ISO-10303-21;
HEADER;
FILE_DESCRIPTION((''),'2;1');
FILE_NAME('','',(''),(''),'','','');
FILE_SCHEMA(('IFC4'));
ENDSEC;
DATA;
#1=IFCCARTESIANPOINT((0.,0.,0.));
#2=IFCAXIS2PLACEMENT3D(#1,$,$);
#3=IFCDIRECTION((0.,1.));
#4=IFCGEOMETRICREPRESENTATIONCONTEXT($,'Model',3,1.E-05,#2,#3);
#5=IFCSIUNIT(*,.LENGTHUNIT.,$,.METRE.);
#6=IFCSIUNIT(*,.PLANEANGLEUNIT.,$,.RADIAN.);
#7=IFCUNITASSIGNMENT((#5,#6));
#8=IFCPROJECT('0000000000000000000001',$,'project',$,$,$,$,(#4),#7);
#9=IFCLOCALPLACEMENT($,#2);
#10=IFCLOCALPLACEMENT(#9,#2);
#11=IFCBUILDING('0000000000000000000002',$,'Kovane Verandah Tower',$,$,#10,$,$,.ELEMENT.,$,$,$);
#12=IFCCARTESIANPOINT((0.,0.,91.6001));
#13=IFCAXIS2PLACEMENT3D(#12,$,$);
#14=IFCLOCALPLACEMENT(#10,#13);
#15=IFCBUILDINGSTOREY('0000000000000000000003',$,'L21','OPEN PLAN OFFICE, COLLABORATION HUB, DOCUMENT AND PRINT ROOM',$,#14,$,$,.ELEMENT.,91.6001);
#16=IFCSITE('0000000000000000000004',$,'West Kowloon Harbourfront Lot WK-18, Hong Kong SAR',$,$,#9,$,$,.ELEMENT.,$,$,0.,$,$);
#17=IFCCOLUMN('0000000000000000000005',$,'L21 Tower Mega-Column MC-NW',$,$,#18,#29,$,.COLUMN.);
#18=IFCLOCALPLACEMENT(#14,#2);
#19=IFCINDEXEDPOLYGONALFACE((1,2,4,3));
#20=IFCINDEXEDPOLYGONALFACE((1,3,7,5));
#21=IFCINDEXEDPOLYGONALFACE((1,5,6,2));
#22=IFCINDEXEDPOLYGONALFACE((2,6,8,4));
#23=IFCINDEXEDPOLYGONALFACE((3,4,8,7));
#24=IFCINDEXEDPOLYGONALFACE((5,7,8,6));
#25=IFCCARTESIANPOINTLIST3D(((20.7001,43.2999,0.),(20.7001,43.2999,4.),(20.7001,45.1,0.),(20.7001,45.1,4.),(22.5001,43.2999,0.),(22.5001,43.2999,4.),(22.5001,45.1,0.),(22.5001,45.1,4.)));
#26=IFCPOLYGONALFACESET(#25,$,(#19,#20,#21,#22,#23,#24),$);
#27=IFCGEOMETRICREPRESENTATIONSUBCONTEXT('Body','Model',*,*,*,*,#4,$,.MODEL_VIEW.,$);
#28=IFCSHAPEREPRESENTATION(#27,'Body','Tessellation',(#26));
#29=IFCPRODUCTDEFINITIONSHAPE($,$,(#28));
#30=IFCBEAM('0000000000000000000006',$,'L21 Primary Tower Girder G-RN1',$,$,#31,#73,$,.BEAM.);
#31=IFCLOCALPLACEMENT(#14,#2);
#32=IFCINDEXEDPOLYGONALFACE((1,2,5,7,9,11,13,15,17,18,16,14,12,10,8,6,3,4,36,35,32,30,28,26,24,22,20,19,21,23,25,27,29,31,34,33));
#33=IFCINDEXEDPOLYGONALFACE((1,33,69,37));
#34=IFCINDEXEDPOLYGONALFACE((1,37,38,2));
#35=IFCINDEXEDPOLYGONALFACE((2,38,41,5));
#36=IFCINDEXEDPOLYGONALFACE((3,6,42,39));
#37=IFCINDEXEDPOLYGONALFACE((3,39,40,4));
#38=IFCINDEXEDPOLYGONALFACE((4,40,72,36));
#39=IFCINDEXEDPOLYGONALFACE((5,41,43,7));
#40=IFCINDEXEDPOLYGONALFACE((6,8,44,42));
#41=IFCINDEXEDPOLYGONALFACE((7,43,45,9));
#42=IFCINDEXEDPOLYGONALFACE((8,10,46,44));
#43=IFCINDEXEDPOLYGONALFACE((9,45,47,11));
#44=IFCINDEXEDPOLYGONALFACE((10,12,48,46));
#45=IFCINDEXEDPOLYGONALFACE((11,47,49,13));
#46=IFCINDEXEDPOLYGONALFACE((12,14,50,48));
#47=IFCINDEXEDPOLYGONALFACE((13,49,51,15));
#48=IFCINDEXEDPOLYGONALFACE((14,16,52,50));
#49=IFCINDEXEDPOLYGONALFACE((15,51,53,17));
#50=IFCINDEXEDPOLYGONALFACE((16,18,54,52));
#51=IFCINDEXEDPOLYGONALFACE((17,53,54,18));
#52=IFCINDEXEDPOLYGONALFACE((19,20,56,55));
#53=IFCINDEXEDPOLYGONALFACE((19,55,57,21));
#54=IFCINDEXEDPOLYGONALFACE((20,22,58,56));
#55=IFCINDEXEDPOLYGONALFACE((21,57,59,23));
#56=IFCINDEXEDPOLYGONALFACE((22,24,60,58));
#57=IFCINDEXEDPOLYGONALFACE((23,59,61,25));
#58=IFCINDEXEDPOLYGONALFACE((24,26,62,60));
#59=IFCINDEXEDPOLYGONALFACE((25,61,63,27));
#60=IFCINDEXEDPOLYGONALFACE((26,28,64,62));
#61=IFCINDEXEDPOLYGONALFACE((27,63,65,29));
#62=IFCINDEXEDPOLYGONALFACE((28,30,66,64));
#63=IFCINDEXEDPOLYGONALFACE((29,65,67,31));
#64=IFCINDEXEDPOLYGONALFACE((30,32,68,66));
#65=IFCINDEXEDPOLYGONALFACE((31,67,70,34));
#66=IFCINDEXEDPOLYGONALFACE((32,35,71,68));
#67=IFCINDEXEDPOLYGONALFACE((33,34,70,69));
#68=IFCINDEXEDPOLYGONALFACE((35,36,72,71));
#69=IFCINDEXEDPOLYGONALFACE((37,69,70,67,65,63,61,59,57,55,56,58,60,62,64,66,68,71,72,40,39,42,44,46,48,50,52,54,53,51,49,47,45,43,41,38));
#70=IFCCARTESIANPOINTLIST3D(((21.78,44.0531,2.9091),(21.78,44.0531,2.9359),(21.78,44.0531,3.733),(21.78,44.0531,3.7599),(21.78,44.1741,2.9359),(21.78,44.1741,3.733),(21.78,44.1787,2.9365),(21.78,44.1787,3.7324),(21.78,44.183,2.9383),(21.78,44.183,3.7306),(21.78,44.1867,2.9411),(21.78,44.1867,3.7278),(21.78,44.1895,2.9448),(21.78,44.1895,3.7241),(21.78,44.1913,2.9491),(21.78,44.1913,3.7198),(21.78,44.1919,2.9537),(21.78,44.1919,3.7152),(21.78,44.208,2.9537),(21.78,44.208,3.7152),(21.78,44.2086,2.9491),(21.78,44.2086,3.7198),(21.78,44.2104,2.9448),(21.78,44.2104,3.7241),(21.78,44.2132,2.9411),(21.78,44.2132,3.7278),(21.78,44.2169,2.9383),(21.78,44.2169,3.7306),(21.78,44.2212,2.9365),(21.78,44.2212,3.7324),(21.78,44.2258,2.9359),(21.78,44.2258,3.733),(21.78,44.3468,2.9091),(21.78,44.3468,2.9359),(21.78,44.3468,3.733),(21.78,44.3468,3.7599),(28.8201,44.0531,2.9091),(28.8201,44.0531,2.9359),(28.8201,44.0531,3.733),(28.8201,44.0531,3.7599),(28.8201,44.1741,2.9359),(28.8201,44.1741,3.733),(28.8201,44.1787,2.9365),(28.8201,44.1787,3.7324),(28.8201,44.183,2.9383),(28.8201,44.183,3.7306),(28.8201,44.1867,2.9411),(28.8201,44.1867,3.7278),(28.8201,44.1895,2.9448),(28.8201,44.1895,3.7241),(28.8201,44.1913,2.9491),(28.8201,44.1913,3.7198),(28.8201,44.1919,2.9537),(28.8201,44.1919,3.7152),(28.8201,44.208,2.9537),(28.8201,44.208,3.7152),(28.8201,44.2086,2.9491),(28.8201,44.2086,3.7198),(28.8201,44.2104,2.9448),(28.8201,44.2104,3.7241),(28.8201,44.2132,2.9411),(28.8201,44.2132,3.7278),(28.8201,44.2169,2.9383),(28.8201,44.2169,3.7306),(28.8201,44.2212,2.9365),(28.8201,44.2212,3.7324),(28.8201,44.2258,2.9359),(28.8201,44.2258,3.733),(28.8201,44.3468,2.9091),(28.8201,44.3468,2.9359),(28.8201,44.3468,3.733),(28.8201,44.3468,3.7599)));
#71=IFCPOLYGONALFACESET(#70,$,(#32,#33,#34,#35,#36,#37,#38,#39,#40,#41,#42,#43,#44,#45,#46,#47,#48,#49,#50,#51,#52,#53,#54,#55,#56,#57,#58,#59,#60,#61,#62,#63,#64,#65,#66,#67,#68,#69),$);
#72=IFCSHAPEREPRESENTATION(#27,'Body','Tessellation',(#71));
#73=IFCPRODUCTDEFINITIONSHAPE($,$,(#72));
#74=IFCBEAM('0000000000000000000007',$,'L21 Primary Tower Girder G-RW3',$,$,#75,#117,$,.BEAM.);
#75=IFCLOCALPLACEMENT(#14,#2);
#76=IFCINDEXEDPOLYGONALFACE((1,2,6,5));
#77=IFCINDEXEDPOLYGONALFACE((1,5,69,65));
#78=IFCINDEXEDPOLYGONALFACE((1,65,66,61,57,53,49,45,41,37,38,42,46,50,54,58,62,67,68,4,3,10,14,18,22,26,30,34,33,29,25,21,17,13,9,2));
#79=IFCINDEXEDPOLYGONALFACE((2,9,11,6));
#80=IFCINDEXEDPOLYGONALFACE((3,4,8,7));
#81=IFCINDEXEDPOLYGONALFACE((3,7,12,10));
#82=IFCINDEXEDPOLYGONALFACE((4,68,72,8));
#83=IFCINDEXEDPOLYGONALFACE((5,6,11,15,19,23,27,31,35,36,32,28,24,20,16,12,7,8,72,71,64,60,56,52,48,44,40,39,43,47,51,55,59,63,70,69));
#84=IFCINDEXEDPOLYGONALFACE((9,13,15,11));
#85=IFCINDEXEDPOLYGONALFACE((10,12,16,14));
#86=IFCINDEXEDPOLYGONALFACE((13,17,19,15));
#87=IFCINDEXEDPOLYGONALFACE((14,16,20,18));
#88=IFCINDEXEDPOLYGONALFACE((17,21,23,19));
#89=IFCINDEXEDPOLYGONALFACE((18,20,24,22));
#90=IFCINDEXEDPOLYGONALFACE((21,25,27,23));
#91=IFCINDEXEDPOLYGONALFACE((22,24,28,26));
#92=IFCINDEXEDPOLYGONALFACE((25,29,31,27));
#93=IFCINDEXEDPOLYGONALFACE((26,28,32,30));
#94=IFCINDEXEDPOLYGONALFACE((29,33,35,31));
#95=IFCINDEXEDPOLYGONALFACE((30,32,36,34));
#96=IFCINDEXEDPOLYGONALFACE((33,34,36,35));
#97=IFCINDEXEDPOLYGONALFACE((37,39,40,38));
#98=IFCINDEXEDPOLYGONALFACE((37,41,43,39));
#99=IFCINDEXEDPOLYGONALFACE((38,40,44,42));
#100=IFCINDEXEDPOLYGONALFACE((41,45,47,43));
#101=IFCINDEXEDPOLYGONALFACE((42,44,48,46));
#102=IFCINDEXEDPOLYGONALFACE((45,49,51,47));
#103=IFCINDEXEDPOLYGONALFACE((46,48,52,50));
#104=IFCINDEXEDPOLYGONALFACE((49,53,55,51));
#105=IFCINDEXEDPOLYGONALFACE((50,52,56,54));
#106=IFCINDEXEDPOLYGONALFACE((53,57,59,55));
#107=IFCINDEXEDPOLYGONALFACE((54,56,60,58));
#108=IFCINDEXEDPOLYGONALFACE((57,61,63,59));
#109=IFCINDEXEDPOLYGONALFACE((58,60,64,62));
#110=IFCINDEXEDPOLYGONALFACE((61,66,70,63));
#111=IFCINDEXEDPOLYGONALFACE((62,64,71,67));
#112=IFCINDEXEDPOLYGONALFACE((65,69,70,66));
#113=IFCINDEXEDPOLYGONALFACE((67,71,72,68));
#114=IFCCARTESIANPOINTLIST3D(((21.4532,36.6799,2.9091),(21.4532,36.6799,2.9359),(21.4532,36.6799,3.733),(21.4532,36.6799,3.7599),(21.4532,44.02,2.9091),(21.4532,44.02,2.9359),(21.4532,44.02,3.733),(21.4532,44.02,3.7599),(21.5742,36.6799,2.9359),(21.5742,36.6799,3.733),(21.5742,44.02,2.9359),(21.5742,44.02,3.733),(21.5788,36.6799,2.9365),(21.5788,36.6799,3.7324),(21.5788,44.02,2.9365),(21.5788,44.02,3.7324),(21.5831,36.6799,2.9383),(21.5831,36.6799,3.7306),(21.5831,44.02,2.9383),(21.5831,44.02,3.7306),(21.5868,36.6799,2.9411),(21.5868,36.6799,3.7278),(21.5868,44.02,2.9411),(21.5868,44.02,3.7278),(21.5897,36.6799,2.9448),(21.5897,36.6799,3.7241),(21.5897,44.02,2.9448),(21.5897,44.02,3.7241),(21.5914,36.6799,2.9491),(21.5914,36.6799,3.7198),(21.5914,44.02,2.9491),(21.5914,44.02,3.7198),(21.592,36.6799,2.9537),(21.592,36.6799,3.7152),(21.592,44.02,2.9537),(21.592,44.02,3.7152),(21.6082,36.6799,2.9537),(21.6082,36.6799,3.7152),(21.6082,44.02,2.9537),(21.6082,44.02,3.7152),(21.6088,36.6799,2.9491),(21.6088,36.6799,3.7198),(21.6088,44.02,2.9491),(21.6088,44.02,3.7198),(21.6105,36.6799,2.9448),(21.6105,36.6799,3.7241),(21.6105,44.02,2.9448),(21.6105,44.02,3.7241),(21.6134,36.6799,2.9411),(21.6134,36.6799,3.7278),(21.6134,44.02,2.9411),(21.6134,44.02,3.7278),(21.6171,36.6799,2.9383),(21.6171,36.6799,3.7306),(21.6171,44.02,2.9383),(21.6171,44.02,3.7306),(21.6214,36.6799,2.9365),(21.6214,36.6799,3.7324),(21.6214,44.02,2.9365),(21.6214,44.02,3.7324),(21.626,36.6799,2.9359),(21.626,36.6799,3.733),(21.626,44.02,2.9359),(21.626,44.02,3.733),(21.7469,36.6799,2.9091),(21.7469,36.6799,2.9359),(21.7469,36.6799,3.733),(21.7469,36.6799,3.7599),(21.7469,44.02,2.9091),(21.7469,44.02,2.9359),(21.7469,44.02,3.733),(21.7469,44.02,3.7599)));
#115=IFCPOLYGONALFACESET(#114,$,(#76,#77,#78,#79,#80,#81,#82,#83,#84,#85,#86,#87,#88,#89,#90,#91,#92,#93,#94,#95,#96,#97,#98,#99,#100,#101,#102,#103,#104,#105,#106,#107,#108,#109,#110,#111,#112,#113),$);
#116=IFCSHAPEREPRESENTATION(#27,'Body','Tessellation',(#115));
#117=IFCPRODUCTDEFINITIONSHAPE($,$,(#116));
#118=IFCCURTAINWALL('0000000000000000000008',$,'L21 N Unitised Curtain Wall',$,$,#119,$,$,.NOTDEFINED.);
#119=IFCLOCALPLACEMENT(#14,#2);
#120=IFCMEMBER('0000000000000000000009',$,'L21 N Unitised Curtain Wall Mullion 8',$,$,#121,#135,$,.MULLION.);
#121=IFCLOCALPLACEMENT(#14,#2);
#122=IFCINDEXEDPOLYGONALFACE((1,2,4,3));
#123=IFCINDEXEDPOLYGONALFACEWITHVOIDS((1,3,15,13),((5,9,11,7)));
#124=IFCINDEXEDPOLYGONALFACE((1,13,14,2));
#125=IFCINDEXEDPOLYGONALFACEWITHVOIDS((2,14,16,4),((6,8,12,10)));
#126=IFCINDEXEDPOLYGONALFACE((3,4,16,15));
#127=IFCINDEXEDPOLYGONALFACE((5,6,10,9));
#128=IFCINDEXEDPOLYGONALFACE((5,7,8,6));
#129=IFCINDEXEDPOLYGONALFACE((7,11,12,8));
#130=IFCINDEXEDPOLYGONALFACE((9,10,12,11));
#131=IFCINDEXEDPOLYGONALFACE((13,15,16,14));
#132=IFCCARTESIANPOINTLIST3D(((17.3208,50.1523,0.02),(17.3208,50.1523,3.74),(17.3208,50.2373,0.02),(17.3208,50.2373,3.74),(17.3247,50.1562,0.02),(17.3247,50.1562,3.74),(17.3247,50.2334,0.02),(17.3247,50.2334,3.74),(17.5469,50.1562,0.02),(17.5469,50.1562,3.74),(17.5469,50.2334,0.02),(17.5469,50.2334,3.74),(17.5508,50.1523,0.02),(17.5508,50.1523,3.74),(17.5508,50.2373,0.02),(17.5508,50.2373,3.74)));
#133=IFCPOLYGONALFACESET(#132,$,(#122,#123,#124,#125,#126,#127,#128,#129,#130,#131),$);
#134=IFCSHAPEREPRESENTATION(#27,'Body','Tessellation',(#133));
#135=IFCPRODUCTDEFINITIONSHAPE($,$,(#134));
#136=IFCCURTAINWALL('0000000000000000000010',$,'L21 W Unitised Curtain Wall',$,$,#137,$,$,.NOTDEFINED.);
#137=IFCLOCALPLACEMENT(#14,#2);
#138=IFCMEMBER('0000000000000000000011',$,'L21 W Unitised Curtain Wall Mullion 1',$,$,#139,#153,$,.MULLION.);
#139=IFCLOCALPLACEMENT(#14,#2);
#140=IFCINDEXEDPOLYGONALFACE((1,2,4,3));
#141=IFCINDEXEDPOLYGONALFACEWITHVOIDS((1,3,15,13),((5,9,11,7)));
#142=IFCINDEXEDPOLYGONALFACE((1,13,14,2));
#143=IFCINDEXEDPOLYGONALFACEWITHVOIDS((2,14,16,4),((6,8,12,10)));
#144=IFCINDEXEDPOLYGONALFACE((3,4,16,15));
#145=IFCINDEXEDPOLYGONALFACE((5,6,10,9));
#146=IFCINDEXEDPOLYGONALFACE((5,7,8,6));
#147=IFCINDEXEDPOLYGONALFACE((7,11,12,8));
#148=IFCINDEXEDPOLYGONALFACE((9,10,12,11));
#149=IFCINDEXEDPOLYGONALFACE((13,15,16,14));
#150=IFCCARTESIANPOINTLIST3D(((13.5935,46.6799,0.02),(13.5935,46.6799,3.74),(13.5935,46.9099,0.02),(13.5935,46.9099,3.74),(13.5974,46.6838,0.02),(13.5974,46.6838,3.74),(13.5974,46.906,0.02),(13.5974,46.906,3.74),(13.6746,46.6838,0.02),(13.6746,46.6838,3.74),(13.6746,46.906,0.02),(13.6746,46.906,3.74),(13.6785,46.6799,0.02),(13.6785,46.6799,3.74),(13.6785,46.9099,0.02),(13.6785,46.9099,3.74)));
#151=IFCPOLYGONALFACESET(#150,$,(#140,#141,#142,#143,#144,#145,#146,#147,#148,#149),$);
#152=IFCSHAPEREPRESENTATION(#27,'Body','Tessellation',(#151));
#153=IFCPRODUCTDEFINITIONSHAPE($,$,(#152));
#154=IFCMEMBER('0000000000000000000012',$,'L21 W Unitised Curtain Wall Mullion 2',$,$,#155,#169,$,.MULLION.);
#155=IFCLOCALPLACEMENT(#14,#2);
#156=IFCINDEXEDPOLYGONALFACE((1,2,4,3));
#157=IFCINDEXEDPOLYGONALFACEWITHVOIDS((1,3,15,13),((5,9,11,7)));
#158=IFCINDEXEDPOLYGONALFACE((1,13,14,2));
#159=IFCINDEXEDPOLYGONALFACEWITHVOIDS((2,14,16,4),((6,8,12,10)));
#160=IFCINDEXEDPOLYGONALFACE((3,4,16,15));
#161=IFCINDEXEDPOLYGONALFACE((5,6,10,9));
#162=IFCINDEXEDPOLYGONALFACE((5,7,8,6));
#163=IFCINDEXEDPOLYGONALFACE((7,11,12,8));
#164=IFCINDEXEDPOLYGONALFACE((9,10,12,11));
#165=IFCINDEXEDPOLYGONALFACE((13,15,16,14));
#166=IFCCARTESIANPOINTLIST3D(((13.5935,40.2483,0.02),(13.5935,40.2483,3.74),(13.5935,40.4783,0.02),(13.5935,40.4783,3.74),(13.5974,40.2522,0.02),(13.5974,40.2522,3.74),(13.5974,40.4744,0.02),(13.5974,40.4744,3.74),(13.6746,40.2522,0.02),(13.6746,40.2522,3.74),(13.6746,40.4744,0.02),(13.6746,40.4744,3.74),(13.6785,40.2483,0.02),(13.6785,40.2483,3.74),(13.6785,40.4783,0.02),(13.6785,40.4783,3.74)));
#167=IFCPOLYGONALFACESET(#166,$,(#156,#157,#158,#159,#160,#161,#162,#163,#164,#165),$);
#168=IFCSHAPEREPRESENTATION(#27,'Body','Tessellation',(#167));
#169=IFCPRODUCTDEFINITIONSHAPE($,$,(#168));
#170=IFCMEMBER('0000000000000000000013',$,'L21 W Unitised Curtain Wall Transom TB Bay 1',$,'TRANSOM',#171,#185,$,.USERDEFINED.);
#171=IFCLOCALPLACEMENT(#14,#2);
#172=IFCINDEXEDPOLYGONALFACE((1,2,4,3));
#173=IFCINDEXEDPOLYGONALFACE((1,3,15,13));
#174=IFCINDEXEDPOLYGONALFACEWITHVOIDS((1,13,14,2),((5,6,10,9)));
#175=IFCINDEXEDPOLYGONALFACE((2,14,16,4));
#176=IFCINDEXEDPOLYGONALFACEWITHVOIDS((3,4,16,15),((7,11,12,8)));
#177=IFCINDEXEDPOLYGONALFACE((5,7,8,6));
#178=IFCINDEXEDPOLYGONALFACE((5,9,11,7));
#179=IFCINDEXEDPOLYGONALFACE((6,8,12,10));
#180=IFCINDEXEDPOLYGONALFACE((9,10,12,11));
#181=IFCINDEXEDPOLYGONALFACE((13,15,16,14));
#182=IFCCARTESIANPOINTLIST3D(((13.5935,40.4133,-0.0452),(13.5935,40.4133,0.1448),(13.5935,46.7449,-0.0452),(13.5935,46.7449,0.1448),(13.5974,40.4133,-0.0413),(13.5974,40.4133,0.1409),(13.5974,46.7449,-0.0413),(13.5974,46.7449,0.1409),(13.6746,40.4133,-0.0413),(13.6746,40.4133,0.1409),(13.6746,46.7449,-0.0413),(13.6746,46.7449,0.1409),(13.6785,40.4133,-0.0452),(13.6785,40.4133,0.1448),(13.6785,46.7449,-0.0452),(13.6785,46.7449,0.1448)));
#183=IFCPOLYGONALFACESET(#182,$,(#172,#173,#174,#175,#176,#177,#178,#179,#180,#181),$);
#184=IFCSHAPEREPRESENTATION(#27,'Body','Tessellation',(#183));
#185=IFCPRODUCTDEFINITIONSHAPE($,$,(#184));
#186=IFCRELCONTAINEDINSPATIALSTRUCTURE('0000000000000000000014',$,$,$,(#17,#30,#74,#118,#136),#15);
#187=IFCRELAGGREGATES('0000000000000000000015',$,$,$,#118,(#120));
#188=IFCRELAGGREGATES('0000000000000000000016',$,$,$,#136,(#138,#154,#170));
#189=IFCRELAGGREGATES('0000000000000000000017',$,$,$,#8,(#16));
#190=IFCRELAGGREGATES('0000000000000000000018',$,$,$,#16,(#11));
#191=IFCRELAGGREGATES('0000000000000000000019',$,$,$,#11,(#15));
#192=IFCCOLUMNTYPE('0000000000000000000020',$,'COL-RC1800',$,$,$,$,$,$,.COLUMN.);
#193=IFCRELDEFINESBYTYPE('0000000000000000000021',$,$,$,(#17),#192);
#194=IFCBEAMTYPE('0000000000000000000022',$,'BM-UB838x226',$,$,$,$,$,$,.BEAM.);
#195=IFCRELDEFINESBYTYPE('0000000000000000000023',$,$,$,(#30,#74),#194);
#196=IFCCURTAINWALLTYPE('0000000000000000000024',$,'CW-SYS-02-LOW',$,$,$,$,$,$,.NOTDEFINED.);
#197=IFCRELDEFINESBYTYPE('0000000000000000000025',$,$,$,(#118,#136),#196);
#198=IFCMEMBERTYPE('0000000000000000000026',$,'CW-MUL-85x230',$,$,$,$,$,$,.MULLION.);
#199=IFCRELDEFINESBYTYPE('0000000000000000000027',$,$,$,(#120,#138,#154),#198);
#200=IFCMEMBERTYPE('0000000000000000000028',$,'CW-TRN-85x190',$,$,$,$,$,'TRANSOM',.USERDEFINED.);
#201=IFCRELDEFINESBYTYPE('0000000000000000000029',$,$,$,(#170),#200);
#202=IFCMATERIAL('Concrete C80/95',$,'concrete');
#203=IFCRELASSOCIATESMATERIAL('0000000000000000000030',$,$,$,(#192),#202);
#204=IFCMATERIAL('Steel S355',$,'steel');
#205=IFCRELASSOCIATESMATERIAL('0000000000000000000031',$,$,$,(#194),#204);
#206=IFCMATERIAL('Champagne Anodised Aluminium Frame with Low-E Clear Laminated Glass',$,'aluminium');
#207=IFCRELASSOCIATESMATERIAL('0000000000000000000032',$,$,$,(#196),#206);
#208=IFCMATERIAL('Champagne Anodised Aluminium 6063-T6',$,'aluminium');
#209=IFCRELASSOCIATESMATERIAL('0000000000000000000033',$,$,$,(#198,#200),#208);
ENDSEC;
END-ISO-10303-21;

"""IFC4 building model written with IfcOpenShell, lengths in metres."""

from ifc_helpers import new_model, si_unit, direction, frame, origin, origin_2d, place, context, subcontext, project, spatial, rectangle, hollow_rectangle, i_section, extrude, material, material_profile, profile_set, type_object, element, aggregate, save


model = new_model("IFC4")

# Units and contexts
model_context = context("Model", 3, precision=1e-05, world=origin(), true_north=direction((0.0, 1.0)))
body_context = subcontext(model_context, "Body", "Model", "MODEL_VIEW")
ifc_project = project(units=[si_unit("LENGTHUNIT", "METRE"), si_unit("PLANEANGLEUNIT", "RADIAN")], contexts=[model_context])

# Site, building, storey
site_placement = place(None, origin())
site = spatial("IfcSite", under=ifc_project, at=site_placement, Name="West Kowloon Harbourfront Lot WK-18, Hong Kong SAR", CompositionType="ELEMENT", RefElevation=0.0)
building_placement = place(site_placement, origin())
building = spatial("IfcBuilding", under=site, at=building_placement, Name="Kovane Verandah Tower", CompositionType="ELEMENT")
storey_placement = place(building_placement, frame((0.0, 0.0, 91.6001)))
storey = spatial("IfcBuildingStorey", under=building, at=storey_placement, Name="L21", Description="OPEN PLAN OFFICE, COLLABORATION HUB, DOCUMENT AND PRINT ROOM", CompositionType="ELEMENT", Elevation=91.6001)

# Column
ifc_material_1 = material(Name="Concrete C80/95", Category="concrete")
ifc_material_profile_1 = material_profile(ifc_material_1, rectangle(XDim=1.8, YDim=1.8, at=origin_2d()), Name="RC1800x1800")
ifc_profile_set_1 = profile_set([ifc_material_profile_1], Name="Concrete C80/95")
column_type = type_object("IfcColumnType", Name="COL-RC1800", PredefinedType="COLUMN", material=ifc_profile_set_1)
column_placement = place(storey_placement, frame((21.6001, 44.2, 0.0), z_axis=(0.0, 0.0, 1.0), x_axis=(1.0, 0.0, 0.0)))
element("IfcColumn", 1, at=column_placement, inside=storey, type_object=column_type, Name="L21 Tower Mega-Column MC-NW", PredefinedType="COLUMN", context=body_context, shape_type="SweptSolid", body=[
    extrude(rectangle(XDim=1.8, YDim=1.8, at=origin_2d()), origin(), (0.0, 0.0, 1.0), 4.0),
])

# Beams
ifc_material_2 = material(Name="Steel S355", Category="steel")
ifc_material_profile_2 = material_profile(ifc_material_2, i_section(OverallWidth=0.2937, OverallDepth=0.8508, WebThickness=0.0161, FlangeThickness=0.0269, FilletRadius=0.0178, at=origin_2d()), Name="UB838x292x226")
ifc_profile_set_2 = profile_set([ifc_material_profile_2], Name="Steel S355")
beam_type = type_object("IfcBeamType", Name="BM-UB838x226", PredefinedType="BEAM", material=ifc_profile_set_2)
beam_1_placement = place(storey_placement, frame((21.78, 44.2, 3.3345), z_axis=(1.0, 0.0, 0.0), x_axis=(0.0, 1.0, 0.0)))
element("IfcBeam", 2, at=beam_1_placement, inside=storey, type_object=beam_type, Name="L21 Primary Tower Girder G-RN1", PredefinedType="BEAM", context=body_context, shape_type="SweptSolid", body=[
    extrude(i_section(OverallWidth=0.2937, OverallDepth=0.8508, WebThickness=0.0161, FlangeThickness=0.0269, FilletRadius=0.0178, at=origin_2d()), origin(), (0.0, 0.0, 1.0), 7.04),
])
beam_2_placement = place(storey_placement, frame((21.6001, 36.6799, 3.3345), z_axis=(0.0, 1.0, 0.0), x_axis=(-1.0, 0.0, 0.0)))
element("IfcBeam", 3, at=beam_2_placement, inside=storey, type_object=beam_type, Name="L21 Primary Tower Girder G-RW3", PredefinedType="BEAM", context=body_context, shape_type="SweptSolid", body=[
    extrude(i_section(OverallWidth=0.2937, OverallDepth=0.8508, WebThickness=0.0161, FlangeThickness=0.0269, FilletRadius=0.0178, at=origin_2d()), origin(), (0.0, 0.0, 1.0), 7.3401),
])

# Curtain wall, member
ifc_material_3 = material(Name="Champagne Anodised Aluminium Frame with Low-E Clear Laminated Glass", Category="aluminium")
curtain_wall_type = type_object("IfcCurtainWallType", Name="CW-SYS-02-LOW", PredefinedType="NOTDEFINED", material=ifc_material_3)
curtain_wall_1_placement = place(storey_placement, origin())
curtain_wall_1 = element("IfcCurtainWall", 4, at=curtain_wall_1_placement, inside=storey, type_object=curtain_wall_type, Name="L21 N Unitised Curtain Wall", PredefinedType="NOTDEFINED")
ifc_material_4 = material(Name="Champagne Anodised Aluminium 6063-T6", Category="aluminium")
ifc_material_profile_3 = material_profile(ifc_material_4, hollow_rectangle(XDim=0.085, YDim=0.23, WallThickness=0.0039, at=origin_2d()), Name="AL85x230x4")
ifc_profile_set_3 = profile_set([ifc_material_profile_3], Name="Champagne Anodised Aluminium 6063-T6")
member_type_1 = type_object("IfcMemberType", Name="CW-MUL-85x230", PredefinedType="MULLION", material=ifc_profile_set_3)
member_1_placement = place(storey_placement, frame((17.4358, 50.1948, 0.02), z_axis=(0.0, 0.0, 1.0), x_axis=(0.0, 1.0, 0.0)))
member_1 = element("IfcMember", 5, at=member_1_placement, type_object=member_type_1, Name="L21 N Unitised Curtain Wall Mullion 8", PredefinedType="MULLION", context=body_context, shape_type="SweptSolid", body=[
    extrude(hollow_rectangle(XDim=0.085, YDim=0.23, WallThickness=0.0039, at=origin_2d()), origin(), (0.0, 0.0, 1.0), 3.72),
])

# Curtain wall, members
curtain_wall_2_placement = place(storey_placement, origin())
curtain_wall_2 = element("IfcCurtainWall", 6, at=curtain_wall_2_placement, inside=storey, type_object=curtain_wall_type, Name="L21 W Unitised Curtain Wall", PredefinedType="NOTDEFINED")
member_2_placement = place(storey_placement, frame((13.636, 46.7949, 0.02), z_axis=(0.0, 0.0, 1.0), x_axis=(-1.0, 0.0, 0.0)))
member_2 = element("IfcMember", 7, at=member_2_placement, type_object=member_type_1, Name="L21 W Unitised Curtain Wall Mullion 1", PredefinedType="MULLION", context=body_context, shape_type="SweptSolid", body=[
    extrude(hollow_rectangle(XDim=0.085, YDim=0.23, WallThickness=0.0039, at=origin_2d()), origin(), (0.0, 0.0, 1.0), 3.72),
])
member_3_placement = place(storey_placement, frame((13.636, 40.3633, 0.02), z_axis=(0.0, 0.0, 1.0), x_axis=(-1.0, 0.0, 0.0)))
member_3 = element("IfcMember", 8, at=member_3_placement, type_object=member_type_1, Name="L21 W Unitised Curtain Wall Mullion 2", PredefinedType="MULLION", context=body_context, shape_type="SweptSolid", body=[
    extrude(hollow_rectangle(XDim=0.085, YDim=0.23, WallThickness=0.0039, at=origin_2d()), origin(), (0.0, 0.0, 1.0), 3.72),
])
ifc_material_profile_4 = material_profile(ifc_material_4, hollow_rectangle(XDim=0.085, YDim=0.1899, WallThickness=0.0039, at=origin_2d()), Name="AL85x190x4")
ifc_profile_set_4 = profile_set([ifc_material_profile_4], Name="Champagne Anodised Aluminium 6063-T6")
member_type_2 = type_object("IfcMemberType", Name="CW-TRN-85x190", ElementType="TRANSOM", PredefinedType="USERDEFINED", material=ifc_profile_set_4)
member_4_placement = place(storey_placement, frame((13.636, 46.7449, 0.0498), z_axis=(0.0, -1.0, 0.0), x_axis=(1.0, 0.0, 0.0)))
member_4 = element("IfcMember", 9, at=member_4_placement, type_object=member_type_2, Name="L21 W Unitised Curtain Wall Transom TB Bay 1", ObjectType="TRANSOM", PredefinedType="USERDEFINED", context=body_context, shape_type="SweptSolid", body=[
    extrude(hollow_rectangle(XDim=0.085, YDim=0.1899, WallThickness=0.0039, at=origin_2d()), origin(), (0.0, 0.0, 1.0), 6.3315),
])

aggregate(curtain_wall_1, [member_1])
aggregate(curtain_wall_2, [member_2, member_3, member_4])

save(model, "model.ifc")
